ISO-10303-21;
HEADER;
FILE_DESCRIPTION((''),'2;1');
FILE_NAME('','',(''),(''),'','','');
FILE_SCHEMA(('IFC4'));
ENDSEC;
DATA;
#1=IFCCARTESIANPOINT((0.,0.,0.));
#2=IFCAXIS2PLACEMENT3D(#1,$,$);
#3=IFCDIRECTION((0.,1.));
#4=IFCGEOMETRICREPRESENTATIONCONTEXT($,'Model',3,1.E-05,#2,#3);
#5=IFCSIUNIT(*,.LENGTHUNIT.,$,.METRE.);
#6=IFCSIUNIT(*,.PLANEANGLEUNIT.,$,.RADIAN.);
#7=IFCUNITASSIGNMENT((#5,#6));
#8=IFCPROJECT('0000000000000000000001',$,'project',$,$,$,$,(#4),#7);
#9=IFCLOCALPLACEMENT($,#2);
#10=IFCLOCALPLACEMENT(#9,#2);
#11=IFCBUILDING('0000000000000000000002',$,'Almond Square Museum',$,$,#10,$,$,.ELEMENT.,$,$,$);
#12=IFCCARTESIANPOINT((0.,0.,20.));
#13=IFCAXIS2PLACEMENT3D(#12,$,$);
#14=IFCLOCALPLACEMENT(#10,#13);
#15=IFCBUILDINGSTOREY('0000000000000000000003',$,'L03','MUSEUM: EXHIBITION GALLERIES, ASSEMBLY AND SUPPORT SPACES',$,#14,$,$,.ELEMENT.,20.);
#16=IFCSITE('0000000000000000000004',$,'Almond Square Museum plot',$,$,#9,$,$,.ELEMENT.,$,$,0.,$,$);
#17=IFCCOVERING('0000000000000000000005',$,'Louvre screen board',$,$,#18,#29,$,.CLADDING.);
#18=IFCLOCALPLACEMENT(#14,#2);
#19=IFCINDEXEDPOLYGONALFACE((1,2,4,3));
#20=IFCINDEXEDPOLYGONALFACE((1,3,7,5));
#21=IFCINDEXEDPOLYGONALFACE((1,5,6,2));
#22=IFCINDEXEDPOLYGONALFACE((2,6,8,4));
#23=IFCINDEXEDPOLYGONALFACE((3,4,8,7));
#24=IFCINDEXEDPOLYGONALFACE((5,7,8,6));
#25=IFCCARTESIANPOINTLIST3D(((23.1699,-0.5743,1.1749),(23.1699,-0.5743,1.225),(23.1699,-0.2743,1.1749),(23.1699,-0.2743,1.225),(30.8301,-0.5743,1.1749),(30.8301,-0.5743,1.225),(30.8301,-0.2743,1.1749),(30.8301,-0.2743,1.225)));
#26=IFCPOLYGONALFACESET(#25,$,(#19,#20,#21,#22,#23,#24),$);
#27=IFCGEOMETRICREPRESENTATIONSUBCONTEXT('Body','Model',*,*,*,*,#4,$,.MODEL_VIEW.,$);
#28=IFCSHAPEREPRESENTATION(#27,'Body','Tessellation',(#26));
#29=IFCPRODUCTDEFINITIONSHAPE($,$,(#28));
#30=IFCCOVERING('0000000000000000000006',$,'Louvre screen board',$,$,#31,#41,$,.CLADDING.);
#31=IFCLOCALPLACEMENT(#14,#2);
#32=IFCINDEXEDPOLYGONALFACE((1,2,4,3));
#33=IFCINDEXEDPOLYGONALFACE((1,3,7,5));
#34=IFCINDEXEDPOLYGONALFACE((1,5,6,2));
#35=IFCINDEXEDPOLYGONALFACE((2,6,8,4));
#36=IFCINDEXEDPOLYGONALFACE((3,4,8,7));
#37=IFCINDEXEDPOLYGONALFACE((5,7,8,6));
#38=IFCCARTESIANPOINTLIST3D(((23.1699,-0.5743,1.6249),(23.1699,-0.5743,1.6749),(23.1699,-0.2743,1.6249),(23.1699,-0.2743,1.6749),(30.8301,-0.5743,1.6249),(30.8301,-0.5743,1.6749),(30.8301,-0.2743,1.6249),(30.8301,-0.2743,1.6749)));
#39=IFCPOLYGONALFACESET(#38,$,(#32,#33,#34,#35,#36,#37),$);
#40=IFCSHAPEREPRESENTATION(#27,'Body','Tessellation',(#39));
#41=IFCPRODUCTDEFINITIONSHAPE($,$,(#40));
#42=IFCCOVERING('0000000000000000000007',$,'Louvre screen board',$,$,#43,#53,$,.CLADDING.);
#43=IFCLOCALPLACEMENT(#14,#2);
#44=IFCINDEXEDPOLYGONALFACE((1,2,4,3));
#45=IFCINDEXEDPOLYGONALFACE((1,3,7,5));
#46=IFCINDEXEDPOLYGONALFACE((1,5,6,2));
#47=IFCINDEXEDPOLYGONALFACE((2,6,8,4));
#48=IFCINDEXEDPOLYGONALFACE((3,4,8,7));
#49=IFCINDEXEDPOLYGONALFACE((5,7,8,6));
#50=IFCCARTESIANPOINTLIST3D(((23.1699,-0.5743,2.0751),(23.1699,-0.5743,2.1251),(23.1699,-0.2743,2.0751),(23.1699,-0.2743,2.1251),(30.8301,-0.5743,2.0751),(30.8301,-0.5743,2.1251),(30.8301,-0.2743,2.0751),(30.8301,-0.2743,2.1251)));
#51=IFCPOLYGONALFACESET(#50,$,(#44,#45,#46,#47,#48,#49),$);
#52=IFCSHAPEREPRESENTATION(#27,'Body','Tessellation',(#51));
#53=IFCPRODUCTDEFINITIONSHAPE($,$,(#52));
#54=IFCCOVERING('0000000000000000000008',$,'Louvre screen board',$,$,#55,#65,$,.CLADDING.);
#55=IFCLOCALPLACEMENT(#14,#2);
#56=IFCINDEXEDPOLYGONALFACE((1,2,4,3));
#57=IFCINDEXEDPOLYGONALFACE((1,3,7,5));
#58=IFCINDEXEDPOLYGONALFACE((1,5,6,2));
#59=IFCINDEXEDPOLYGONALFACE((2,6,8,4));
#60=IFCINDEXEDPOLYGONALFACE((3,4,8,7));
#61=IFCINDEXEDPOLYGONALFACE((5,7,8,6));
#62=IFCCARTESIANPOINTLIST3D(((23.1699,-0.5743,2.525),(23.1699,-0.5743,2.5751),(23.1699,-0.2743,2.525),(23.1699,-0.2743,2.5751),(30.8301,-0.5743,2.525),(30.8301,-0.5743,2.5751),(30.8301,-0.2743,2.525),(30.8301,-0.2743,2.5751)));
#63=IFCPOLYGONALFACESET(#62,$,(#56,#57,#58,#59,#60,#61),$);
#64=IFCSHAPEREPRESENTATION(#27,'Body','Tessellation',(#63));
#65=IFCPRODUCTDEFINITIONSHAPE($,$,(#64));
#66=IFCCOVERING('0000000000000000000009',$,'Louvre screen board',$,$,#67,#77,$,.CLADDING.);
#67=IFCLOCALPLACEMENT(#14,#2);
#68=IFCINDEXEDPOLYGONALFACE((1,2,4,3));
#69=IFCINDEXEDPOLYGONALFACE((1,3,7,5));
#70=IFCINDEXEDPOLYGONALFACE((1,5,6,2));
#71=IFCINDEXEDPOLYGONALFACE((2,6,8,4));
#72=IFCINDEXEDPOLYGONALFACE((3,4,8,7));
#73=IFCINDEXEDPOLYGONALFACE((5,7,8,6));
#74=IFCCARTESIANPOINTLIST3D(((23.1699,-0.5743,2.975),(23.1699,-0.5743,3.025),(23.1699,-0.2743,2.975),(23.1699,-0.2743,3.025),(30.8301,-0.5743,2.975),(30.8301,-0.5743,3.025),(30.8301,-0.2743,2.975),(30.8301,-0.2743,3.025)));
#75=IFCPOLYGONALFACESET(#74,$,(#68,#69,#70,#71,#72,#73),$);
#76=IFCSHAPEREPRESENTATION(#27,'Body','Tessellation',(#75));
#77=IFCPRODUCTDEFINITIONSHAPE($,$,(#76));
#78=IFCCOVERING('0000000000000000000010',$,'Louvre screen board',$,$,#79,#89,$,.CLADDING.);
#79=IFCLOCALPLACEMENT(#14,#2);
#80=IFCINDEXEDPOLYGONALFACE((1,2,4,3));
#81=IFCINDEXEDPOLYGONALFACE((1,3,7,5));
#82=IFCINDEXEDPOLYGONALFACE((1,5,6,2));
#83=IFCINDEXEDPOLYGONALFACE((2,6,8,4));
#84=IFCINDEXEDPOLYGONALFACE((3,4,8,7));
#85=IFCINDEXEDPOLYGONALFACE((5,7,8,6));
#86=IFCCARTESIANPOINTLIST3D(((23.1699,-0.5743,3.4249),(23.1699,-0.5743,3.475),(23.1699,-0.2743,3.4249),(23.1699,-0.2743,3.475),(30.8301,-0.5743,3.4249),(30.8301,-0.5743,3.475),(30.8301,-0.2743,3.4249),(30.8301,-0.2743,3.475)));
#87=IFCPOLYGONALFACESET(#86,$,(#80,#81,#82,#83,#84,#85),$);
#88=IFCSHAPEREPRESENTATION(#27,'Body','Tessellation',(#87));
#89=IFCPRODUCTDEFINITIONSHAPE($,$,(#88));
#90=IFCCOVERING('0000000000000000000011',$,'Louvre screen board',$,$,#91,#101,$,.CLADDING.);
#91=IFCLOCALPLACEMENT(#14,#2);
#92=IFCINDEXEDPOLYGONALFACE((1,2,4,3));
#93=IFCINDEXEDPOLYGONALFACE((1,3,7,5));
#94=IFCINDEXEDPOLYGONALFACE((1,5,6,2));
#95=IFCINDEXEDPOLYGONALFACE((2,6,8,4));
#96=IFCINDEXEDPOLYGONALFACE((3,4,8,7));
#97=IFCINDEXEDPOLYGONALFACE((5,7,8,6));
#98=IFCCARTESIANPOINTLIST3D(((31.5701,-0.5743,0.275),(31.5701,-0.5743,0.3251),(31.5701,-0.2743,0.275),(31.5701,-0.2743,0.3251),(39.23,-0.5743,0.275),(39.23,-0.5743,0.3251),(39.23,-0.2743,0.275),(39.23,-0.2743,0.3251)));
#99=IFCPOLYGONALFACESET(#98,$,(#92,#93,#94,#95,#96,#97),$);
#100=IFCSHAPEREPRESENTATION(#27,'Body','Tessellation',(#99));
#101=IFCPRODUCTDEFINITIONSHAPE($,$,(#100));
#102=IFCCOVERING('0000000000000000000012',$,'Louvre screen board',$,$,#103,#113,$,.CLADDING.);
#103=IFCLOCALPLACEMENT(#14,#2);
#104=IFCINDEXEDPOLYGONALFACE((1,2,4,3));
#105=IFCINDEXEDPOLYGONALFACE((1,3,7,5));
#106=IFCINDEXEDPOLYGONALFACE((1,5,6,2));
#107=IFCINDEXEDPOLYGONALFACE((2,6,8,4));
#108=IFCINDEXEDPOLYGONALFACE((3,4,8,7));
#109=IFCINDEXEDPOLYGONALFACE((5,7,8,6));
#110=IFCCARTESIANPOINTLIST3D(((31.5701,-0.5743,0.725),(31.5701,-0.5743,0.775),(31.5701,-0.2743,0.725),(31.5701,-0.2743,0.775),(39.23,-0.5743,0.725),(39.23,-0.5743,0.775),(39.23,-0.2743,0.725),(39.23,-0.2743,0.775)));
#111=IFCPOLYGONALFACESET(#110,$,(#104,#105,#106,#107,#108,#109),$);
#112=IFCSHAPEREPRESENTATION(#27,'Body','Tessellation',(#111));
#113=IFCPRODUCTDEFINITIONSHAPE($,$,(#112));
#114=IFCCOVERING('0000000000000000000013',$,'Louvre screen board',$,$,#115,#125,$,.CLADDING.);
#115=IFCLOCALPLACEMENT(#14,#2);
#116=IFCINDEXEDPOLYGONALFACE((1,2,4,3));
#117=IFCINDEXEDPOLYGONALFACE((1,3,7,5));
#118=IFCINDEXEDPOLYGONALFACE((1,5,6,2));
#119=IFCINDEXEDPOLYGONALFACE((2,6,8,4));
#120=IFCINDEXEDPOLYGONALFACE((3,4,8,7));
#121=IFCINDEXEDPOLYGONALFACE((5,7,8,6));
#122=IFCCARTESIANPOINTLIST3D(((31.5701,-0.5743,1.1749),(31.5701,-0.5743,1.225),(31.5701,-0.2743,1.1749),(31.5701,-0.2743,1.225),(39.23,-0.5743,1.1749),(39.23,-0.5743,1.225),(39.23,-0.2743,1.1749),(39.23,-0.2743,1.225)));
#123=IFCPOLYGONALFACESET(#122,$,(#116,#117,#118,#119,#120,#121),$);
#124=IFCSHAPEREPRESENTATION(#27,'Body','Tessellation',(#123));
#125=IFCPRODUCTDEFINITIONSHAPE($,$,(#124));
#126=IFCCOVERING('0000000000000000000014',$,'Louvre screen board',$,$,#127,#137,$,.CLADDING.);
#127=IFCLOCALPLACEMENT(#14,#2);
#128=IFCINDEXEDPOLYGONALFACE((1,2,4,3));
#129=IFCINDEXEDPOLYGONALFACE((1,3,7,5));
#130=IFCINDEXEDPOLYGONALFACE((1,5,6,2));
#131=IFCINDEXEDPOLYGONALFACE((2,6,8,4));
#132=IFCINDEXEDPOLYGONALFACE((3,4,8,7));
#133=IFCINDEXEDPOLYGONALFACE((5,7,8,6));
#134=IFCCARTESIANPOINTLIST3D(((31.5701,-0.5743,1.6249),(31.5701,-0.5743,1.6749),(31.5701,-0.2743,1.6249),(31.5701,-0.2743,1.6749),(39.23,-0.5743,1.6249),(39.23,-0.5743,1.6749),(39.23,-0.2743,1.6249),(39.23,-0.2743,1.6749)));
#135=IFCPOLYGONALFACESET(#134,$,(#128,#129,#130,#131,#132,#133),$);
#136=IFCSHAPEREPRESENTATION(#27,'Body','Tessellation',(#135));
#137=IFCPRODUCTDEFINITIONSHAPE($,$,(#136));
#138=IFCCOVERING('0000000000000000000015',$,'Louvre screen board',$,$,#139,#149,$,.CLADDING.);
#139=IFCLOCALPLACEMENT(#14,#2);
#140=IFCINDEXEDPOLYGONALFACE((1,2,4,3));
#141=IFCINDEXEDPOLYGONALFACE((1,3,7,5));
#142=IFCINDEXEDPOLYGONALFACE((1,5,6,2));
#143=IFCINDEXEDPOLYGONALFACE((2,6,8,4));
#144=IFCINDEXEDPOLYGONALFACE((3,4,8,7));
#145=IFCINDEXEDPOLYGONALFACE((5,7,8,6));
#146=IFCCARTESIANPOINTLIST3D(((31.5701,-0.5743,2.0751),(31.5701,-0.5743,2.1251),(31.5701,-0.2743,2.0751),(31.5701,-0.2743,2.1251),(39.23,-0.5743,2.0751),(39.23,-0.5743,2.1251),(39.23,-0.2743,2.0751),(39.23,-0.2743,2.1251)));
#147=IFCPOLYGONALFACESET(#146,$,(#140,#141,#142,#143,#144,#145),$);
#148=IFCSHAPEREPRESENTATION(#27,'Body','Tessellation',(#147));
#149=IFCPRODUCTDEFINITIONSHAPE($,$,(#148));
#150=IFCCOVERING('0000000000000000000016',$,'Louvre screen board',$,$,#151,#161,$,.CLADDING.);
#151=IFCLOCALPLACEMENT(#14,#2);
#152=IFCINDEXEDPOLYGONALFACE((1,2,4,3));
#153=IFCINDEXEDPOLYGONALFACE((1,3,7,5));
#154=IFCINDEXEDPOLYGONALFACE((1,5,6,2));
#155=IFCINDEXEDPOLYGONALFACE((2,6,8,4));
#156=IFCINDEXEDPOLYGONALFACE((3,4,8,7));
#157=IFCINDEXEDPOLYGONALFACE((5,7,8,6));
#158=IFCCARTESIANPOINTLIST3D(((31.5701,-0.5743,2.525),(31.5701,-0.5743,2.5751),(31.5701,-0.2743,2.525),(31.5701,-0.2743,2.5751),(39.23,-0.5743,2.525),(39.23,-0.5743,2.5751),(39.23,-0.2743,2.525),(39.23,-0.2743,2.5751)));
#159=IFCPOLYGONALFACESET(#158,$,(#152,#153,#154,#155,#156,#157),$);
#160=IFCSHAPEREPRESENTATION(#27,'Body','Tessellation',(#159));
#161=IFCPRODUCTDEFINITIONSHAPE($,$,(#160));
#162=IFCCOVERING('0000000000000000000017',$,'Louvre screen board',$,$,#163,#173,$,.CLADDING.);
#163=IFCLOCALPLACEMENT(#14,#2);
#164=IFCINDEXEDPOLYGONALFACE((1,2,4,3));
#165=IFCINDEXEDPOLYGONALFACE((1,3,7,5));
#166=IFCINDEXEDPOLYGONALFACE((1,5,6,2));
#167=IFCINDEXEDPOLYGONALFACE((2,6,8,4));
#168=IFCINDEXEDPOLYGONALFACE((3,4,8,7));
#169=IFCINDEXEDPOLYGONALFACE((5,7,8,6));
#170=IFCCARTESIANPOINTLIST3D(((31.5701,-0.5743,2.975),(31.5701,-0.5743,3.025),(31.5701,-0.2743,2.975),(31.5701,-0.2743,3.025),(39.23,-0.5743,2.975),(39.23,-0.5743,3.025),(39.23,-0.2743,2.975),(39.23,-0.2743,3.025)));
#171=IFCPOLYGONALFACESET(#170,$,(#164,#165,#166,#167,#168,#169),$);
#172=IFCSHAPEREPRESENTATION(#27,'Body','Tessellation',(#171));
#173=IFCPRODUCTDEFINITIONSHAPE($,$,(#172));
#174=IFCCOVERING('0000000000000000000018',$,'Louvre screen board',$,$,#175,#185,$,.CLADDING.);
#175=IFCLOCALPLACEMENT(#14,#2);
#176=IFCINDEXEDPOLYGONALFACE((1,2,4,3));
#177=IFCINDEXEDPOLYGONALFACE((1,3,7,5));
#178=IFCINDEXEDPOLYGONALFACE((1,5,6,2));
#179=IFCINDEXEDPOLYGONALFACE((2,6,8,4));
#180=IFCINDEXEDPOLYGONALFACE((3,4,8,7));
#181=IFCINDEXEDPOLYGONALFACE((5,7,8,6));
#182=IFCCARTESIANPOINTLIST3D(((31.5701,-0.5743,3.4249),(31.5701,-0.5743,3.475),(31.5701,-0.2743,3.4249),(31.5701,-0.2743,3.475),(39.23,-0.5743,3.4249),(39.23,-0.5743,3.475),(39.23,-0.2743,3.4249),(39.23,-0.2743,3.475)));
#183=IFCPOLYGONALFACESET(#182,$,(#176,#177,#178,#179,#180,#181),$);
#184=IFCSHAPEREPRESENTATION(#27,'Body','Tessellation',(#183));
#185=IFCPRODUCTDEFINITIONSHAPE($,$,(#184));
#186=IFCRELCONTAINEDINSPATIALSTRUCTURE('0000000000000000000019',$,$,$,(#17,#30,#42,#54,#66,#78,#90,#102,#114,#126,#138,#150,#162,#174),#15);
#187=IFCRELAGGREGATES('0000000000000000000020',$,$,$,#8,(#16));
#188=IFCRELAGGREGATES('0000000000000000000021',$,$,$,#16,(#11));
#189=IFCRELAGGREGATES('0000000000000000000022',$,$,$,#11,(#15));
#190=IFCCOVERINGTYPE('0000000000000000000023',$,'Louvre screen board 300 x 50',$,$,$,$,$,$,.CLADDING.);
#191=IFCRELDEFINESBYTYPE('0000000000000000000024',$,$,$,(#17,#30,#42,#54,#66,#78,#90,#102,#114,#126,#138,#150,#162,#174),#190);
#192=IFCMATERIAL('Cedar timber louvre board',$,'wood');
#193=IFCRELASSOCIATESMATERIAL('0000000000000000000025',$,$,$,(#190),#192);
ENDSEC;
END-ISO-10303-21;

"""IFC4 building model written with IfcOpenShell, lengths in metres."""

from ifc_helpers import new_model, si_unit, direction, frame, origin, origin_2d, place, context, subcontext, project, spatial, rectangle, extrude, material, material_profile, profile_set, type_object, element, save


model = new_model("IFC4")

# Units and contexts
model_context = context("Model", 3, precision=1e-05, world=origin(), true_north=direction((0.0, 1.0)))
body_context = subcontext(model_context, "Body", "Model", "MODEL_VIEW")
ifc_project = project(units=[si_unit("LENGTHUNIT", "METRE"), si_unit("PLANEANGLEUNIT", "RADIAN")], contexts=[model_context])

# Site, building, storey
site_placement = place(None, origin())
site = spatial("IfcSite", under=ifc_project, at=site_placement, Name="Almond Square Museum plot", CompositionType="ELEMENT", RefElevation=0.0)
building_placement = place(site_placement, origin())
building = spatial("IfcBuilding", under=site, at=building_placement, Name="Almond Square Museum", CompositionType="ELEMENT")
storey_placement = place(building_placement, frame((0.0, 0.0, 20.0)))
storey = spatial("IfcBuildingStorey", under=building, at=storey_placement, Name="L03", Description="MUSEUM: EXHIBITION GALLERIES, ASSEMBLY AND SUPPORT SPACES", CompositionType="ELEMENT", Elevation=20.0)

# Coverings
ifc_material_1 = material(Name="Cedar timber louvre board", Category="wood")
ifc_material_profile_1 = material_profile(ifc_material_1, rectangle(XDim=0.3, YDim=0.05, at=origin_2d()))
ifc_profile_set_1 = profile_set([ifc_material_profile_1], Name="Cedar timber louvre board")
covering_type = type_object("IfcCoveringType", Name="Louvre screen board 300 x 50", PredefinedType="CLADDING", material=ifc_profile_set_1)
for number, where, z_axis, x_axis, name in (
    (1, (23.1699, -0.4243, 1.2), (1.0, 0.0, 0.0), (0.0, 1.0, 0.0), "Louvre screen board"),
    (2, (23.1699, -0.4243, 1.6499), (1.0, 0.0, 0.0), (0.0, 1.0, 0.0), "Louvre screen board"),
    (3, (23.1699, -0.4243, 2.1001), (1.0, 0.0, 0.0), (0.0, 1.0, 0.0), "Louvre screen board"),
    (4, (23.1699, -0.4243, 2.55), (1.0, 0.0, 0.0), (0.0, 1.0, 0.0), "Louvre screen board"),
    (5, (23.1699, -0.4243, 3.0), (1.0, 0.0, 0.0), (0.0, 1.0, 0.0), "Louvre screen board"),
    (6, (23.1699, -0.4243, 3.45), (1.0, 0.0, 0.0), (0.0, 1.0, 0.0), "Louvre screen board"),
):
    element("IfcCovering", number, at=place(storey_placement, frame(where, z_axis=z_axis, x_axis=x_axis)), inside=storey, type_object=covering_type, Name=name, PredefinedType="CLADDING", context=body_context, shape_type="SweptSolid", body=[
        extrude(rectangle(XDim=0.3, YDim=0.05, at=origin_2d()), origin(), (0.0, 0.0, 1.0), 7.6602),
    ])
for number, where, z_axis, x_axis, name in (
    (7, (31.5701, -0.4243, 0.3), (1.0, 0.0, 0.0), (0.0, 1.0, 0.0), "Louvre screen board"),
    (8, (31.5701, -0.4243, 0.75), (1.0, 0.0, 0.0), (0.0, 1.0, 0.0), "Louvre screen board"),
    (9, (31.5701, -0.4243, 1.2), (1.0, 0.0, 0.0), (0.0, 1.0, 0.0), "Louvre screen board"),
    (10, (31.5701, -0.4243, 1.6499), (1.0, 0.0, 0.0), (0.0, 1.0, 0.0), "Louvre screen board"),
    (11, (31.5701, -0.4243, 2.1001), (1.0, 0.0, 0.0), (0.0, 1.0, 0.0), "Louvre screen board"),
    (12, (31.5701, -0.4243, 2.55), (1.0, 0.0, 0.0), (0.0, 1.0, 0.0), "Louvre screen board"),
    (13, (31.5701, -0.4243, 3.0), (1.0, 0.0, 0.0), (0.0, 1.0, 0.0), "Louvre screen board"),
    (14, (31.5701, -0.4243, 3.45), (1.0, 0.0, 0.0), (0.0, 1.0, 0.0), "Louvre screen board"),
):
    element("IfcCovering", number, at=place(storey_placement, frame(where, z_axis=z_axis, x_axis=x_axis)), inside=storey, type_object=covering_type, Name=name, PredefinedType="CLADDING", context=body_context, shape_type="SweptSolid", body=[
        extrude(rectangle(XDim=0.3, YDim=0.05, at=origin_2d()), origin(), (0.0, 0.0, 1.0), 7.6599),
    ])

save(model, "model.ifc")
